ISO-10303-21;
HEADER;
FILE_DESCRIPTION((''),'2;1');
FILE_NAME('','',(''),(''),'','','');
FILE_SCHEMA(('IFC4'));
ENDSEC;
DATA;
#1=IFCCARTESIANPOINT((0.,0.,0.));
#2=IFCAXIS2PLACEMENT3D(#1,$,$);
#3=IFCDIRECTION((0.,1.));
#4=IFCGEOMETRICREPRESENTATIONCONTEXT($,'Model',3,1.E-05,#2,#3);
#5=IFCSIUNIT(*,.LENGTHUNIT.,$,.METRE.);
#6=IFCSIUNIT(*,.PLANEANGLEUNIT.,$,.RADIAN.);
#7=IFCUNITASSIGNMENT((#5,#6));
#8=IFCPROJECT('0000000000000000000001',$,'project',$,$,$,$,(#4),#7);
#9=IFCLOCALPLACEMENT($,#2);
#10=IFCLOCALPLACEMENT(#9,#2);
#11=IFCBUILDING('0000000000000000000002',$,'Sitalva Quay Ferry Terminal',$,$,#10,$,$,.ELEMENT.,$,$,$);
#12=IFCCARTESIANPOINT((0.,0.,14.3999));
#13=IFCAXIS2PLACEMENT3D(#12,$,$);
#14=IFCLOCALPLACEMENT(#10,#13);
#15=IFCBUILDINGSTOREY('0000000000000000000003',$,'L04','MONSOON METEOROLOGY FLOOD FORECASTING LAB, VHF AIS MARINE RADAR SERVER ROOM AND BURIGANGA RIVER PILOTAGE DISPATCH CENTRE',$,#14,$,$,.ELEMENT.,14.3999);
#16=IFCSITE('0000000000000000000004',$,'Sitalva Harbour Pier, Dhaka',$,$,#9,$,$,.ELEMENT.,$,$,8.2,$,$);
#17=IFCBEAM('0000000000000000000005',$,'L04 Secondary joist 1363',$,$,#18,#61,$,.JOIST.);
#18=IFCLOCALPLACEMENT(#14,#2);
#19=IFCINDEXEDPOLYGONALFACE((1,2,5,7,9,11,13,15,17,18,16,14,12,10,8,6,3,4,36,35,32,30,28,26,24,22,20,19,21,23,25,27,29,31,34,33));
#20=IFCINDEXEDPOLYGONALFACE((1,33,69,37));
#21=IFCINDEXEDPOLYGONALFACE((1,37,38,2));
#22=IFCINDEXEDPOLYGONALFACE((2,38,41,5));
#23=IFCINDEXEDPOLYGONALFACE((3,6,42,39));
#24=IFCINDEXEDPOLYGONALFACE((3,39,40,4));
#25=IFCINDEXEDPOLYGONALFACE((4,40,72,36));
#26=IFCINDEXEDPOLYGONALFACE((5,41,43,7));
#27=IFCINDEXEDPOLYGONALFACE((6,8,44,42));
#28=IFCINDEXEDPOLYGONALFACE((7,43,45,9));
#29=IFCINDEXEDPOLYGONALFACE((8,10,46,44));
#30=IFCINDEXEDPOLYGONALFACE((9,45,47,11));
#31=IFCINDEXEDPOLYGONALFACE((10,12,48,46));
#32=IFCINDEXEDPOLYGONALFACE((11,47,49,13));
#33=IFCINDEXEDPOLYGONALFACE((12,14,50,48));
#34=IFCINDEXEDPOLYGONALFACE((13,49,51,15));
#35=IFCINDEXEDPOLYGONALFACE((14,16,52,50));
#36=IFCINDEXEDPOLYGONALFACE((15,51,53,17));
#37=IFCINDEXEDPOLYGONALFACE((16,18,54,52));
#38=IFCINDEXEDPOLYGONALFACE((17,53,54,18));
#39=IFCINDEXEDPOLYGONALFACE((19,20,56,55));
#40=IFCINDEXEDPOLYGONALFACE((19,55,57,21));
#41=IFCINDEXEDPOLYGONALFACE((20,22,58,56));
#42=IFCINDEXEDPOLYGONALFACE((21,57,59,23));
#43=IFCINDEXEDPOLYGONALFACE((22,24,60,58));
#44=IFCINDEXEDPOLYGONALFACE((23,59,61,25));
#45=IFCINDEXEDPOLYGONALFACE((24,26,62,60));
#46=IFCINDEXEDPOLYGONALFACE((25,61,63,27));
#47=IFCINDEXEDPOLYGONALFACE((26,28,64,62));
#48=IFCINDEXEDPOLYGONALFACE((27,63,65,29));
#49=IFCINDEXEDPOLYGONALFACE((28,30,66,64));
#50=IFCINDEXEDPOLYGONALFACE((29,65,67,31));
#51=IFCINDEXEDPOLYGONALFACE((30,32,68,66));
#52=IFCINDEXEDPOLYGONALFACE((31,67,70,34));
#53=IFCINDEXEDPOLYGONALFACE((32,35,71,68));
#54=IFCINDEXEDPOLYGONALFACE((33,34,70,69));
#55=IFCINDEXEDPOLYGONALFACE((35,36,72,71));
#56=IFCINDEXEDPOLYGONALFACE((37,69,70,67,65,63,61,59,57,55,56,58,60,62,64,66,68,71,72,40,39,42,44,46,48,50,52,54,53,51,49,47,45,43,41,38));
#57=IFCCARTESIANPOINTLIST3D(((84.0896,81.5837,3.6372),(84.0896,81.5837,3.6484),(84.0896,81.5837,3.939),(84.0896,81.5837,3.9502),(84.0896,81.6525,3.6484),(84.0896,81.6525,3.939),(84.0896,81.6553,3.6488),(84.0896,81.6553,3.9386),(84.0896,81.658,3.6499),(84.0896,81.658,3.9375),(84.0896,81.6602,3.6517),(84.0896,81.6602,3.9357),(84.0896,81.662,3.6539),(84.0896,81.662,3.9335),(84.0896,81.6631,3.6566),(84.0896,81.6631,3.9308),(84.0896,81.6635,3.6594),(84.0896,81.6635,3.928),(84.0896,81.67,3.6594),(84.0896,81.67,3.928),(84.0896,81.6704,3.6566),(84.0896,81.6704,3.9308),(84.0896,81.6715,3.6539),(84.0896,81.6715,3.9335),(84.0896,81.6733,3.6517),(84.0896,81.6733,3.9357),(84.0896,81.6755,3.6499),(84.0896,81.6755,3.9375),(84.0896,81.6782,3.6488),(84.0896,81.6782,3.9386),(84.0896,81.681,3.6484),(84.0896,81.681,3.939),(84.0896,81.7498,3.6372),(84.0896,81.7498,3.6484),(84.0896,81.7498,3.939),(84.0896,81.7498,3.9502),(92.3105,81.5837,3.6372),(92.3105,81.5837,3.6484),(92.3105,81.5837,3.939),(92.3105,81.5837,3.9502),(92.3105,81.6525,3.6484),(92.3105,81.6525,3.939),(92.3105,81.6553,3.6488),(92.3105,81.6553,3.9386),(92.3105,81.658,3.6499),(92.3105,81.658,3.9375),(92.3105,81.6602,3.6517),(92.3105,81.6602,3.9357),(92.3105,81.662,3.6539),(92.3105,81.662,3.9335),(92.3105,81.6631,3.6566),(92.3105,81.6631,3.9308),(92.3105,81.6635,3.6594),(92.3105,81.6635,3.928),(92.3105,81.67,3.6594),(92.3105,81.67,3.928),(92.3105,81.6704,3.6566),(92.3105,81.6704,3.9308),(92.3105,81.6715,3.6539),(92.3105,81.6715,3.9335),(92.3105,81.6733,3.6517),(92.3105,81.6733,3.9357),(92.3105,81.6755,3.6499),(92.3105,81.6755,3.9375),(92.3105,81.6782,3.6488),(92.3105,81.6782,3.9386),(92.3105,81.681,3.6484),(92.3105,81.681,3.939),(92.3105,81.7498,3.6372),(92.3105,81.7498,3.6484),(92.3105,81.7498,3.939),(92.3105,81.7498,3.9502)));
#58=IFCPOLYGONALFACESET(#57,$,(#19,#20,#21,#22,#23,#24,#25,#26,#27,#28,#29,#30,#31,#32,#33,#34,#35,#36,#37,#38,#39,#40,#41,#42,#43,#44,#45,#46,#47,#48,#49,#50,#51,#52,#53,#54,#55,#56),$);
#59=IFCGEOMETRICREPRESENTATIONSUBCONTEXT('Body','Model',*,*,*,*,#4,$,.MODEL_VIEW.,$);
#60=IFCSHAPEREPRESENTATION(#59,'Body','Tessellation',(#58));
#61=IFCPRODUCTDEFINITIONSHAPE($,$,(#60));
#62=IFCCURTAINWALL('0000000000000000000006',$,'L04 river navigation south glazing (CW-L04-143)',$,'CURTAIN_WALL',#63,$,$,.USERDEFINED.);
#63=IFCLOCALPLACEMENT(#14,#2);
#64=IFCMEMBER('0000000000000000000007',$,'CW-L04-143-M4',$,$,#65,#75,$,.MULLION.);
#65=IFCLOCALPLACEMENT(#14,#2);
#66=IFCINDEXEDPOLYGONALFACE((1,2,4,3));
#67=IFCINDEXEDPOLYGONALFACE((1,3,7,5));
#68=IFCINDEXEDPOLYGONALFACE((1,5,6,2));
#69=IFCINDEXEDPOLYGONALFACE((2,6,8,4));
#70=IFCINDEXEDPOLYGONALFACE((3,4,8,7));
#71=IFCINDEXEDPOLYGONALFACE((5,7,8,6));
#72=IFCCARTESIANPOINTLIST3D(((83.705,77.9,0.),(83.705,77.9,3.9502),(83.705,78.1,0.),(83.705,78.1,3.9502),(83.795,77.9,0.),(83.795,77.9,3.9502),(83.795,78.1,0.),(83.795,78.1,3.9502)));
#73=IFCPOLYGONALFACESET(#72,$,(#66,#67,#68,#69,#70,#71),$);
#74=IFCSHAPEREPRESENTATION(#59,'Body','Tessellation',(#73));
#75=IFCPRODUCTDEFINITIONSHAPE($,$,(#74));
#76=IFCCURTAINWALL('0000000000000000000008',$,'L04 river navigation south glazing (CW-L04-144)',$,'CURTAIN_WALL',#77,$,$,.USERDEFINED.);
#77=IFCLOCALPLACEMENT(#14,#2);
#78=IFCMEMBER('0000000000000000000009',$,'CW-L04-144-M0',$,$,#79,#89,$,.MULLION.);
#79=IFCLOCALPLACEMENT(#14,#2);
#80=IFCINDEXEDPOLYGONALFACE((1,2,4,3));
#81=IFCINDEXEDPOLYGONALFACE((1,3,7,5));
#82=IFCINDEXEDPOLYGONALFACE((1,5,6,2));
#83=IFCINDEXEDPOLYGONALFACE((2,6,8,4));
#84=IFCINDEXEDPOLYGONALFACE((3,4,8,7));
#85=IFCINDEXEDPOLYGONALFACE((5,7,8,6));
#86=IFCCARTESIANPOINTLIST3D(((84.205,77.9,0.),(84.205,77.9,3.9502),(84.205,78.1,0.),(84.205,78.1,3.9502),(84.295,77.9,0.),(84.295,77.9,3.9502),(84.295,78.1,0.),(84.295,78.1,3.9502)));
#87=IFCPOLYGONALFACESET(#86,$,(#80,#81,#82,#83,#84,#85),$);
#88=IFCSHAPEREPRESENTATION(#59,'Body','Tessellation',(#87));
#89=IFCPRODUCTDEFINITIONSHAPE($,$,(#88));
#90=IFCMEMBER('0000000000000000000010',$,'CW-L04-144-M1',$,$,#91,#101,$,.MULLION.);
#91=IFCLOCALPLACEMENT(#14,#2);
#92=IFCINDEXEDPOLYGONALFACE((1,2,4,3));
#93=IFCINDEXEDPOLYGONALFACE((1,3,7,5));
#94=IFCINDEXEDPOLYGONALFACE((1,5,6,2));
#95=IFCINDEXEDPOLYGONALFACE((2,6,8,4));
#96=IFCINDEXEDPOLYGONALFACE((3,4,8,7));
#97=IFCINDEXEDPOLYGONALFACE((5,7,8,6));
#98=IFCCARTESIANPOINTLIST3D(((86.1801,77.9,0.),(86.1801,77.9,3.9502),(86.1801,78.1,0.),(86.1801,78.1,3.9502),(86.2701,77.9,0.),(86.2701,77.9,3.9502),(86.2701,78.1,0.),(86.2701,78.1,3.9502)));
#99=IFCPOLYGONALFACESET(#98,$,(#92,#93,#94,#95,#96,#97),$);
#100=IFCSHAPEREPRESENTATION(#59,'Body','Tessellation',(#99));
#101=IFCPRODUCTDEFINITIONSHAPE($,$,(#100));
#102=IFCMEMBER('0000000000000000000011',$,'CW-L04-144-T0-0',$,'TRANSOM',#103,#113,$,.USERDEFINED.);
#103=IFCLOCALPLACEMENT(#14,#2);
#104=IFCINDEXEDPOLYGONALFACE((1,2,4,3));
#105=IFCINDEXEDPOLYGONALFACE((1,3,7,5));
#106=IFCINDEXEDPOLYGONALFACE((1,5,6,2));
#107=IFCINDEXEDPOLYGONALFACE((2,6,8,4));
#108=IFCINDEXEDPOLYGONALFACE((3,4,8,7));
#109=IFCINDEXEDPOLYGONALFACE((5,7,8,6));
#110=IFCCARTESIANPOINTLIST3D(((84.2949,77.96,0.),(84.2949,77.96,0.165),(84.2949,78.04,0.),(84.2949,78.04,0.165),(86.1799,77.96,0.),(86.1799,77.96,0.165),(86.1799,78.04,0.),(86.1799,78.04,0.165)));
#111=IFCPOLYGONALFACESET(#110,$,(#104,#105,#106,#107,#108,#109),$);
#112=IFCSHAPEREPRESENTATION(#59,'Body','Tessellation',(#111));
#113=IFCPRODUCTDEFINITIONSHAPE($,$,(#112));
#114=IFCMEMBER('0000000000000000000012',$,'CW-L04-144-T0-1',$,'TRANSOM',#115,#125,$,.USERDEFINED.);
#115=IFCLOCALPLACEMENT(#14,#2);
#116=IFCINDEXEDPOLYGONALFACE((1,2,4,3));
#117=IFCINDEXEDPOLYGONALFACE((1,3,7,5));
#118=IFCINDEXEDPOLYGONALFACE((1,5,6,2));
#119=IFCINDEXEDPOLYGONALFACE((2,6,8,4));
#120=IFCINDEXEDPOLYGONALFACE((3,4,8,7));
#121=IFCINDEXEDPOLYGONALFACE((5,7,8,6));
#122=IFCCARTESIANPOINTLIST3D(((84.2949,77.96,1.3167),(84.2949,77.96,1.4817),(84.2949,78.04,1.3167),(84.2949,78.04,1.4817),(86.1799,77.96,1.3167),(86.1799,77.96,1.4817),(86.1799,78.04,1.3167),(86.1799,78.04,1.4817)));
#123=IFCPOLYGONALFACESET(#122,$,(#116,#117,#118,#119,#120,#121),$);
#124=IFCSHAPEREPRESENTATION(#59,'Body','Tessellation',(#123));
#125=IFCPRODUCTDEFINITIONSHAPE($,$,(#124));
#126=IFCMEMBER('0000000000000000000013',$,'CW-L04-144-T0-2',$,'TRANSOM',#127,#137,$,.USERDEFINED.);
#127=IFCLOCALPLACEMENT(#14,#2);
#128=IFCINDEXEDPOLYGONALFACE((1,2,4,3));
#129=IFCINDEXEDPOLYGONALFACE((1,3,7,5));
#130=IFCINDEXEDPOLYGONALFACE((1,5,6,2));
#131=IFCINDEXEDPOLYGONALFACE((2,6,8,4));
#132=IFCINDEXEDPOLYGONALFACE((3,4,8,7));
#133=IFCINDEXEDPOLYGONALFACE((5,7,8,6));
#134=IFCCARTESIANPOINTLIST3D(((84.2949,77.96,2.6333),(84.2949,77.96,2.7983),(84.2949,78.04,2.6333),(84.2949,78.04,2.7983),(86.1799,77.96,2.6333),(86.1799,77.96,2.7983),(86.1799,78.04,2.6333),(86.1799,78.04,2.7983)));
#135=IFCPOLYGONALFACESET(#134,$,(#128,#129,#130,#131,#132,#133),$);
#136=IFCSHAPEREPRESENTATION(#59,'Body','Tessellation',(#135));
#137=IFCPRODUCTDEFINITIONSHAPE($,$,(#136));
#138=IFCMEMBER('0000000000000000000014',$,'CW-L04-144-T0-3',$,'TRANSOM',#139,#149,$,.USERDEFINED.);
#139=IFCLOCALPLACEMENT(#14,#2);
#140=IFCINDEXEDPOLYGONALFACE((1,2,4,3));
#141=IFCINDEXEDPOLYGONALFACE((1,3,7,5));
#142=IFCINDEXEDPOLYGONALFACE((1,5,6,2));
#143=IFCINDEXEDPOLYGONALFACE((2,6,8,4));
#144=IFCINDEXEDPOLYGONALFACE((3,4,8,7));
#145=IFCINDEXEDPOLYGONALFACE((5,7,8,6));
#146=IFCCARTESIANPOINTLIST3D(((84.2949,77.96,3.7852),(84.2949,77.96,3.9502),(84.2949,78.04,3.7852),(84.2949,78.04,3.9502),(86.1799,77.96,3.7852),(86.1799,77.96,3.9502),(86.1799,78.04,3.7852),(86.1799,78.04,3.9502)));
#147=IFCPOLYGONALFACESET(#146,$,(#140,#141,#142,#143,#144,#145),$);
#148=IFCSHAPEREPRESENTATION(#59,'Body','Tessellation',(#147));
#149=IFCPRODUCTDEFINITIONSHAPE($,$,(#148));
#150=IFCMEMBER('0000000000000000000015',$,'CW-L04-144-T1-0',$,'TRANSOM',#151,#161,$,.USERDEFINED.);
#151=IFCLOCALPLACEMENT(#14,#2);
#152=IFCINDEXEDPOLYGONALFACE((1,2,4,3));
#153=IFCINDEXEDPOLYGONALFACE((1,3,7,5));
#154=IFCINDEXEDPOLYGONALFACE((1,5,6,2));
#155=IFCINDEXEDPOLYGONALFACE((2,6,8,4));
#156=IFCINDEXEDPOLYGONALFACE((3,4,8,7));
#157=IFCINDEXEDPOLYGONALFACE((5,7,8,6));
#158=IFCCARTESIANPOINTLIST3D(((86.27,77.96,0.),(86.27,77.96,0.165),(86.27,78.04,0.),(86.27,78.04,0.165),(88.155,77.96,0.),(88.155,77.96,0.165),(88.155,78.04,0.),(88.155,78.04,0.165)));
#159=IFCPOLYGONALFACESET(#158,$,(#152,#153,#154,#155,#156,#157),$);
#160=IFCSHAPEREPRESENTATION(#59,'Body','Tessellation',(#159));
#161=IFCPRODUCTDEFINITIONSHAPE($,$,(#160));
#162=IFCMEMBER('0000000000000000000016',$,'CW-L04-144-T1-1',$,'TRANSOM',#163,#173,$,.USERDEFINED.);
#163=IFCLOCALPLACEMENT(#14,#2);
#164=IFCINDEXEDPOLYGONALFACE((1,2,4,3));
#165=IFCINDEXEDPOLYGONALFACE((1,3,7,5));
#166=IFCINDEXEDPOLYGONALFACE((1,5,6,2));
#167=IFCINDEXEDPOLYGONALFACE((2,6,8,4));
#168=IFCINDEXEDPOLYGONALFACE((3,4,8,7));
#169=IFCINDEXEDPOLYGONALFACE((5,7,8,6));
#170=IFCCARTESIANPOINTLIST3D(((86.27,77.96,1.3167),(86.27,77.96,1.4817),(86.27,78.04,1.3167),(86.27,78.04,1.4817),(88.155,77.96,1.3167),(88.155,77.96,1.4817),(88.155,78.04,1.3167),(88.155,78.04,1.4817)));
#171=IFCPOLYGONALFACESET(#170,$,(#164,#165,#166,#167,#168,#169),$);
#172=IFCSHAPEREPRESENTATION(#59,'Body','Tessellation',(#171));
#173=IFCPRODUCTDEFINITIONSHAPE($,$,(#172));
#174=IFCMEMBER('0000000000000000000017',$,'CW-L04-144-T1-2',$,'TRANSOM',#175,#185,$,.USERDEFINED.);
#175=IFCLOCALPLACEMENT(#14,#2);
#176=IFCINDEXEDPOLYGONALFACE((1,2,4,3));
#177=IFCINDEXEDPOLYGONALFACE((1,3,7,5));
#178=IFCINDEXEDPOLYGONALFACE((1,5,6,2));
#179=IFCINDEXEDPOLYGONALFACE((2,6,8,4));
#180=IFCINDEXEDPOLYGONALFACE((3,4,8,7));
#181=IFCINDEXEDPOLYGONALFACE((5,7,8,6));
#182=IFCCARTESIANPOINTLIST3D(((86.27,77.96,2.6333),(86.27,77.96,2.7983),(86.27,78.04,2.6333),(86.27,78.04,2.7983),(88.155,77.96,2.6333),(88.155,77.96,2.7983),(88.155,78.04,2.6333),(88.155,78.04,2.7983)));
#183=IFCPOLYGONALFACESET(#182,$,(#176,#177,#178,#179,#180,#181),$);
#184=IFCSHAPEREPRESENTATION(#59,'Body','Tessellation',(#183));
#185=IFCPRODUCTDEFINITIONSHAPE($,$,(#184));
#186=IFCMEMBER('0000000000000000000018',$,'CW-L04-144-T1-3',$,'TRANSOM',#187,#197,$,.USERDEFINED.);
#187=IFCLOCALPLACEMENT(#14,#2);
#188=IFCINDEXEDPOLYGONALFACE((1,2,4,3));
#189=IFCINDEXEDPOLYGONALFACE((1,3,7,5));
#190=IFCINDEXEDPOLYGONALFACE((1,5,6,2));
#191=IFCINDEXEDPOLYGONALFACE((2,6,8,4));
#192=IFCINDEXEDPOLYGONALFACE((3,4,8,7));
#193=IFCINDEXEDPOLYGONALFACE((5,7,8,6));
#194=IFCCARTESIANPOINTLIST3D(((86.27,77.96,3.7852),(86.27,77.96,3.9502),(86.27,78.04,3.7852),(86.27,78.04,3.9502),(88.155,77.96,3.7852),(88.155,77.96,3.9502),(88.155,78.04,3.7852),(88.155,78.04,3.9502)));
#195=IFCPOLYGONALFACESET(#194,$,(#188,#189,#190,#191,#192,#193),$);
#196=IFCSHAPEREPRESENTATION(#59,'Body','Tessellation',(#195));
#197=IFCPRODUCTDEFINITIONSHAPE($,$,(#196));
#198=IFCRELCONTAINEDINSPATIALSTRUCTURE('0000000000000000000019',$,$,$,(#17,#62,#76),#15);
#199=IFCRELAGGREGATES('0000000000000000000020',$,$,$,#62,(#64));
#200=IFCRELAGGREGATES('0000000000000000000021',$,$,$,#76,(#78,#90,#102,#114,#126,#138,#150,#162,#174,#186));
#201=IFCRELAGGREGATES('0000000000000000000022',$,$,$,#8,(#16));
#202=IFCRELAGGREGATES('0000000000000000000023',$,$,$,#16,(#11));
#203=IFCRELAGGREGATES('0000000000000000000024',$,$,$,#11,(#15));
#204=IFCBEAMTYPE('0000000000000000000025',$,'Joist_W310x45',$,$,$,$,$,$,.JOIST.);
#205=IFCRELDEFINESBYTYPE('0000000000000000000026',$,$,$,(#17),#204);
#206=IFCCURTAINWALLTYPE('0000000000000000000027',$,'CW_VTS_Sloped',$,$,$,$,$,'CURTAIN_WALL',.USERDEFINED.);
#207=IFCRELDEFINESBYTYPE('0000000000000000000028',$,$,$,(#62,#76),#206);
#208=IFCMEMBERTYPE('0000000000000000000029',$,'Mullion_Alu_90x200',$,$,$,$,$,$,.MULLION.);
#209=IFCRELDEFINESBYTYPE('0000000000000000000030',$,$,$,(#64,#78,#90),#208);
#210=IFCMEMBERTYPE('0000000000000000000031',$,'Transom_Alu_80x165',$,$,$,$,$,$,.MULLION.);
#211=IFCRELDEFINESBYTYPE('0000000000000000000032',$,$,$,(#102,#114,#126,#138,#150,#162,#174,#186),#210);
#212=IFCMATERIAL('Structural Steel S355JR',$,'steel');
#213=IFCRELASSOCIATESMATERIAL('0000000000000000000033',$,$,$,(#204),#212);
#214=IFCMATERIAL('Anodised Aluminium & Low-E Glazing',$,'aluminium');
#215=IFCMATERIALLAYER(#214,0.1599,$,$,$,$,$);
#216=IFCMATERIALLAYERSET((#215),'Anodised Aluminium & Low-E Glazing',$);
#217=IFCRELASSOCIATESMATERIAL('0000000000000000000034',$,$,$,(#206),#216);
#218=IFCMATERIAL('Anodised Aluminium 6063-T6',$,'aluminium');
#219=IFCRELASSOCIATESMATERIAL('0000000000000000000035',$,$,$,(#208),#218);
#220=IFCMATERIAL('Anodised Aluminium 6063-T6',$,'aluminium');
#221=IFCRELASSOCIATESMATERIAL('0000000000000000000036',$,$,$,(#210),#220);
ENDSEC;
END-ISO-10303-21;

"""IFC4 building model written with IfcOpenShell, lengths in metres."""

from ifc_helpers import new_model, si_unit, direction, frame, origin, origin_2d, place, context, subcontext, project, spatial, rectangle, i_section, extrude, material, layer, layer_set, material_profile, profile_set, type_object, element, aggregate, save


model = new_model("IFC4")

# Units and contexts
model_context = context("Model", 3, precision=1e-05, world=origin(), true_north=direction((0.0, 1.0)))
body_context = subcontext(model_context, "Body", "Model", "MODEL_VIEW")
ifc_project = project(units=[si_unit("LENGTHUNIT", "METRE"), si_unit("PLANEANGLEUNIT", "RADIAN")], contexts=[model_context])

# Site, building, storey
site_placement = place(None, origin())
site = spatial("IfcSite", under=ifc_project, at=site_placement, Name="Sitalva Harbour Pier, Dhaka", CompositionType="ELEMENT", RefElevation=8.2)
building_placement = place(site_placement, origin())
building = spatial("IfcBuilding", under=site, at=building_placement, Name="Sitalva Quay Ferry Terminal", CompositionType="ELEMENT")
storey_placement = place(building_placement, frame((0.0, 0.0, 14.3999)))
storey = spatial("IfcBuildingStorey", under=building, at=storey_placement, Name="L04", Description="MONSOON METEOROLOGY FLOOD FORECASTING LAB, VHF AIS MARINE RADAR SERVER ROOM AND BURIGANGA RIVER PILOTAGE DISPATCH CENTRE", CompositionType="ELEMENT", Elevation=14.3999)

# Beam
ifc_material_1 = material(Name="Structural Steel S355JR", Category="steel")
ifc_material_profile_1 = material_profile(ifc_material_1, i_section(OverallWidth=0.166, OverallDepth=0.313, WebThickness=0.0066, FlangeThickness=0.0112, FilletRadius=0.011, at=origin_2d()), Name="W310x45")
ifc_profile_set_1 = profile_set([ifc_material_profile_1], Name="Structural Steel S355JR")
beam_type_1 = type_object("IfcBeamType", Name="Joist_W310x45", PredefinedType="JOIST", material=ifc_profile_set_1)
beam_1_placement = place(storey_placement, frame((84.0896, 81.6667, 3.7937), z_axis=(1.0, 0.0, 0.0), x_axis=(0.0, 1.0, 0.0)))
element("IfcBeam", 1, at=beam_1_placement, inside=storey, type_object=beam_type_1, Name="L04 Secondary joist 1363", PredefinedType="JOIST", context=body_context, shape_type="SweptSolid", body=[
    extrude(i_section(OverallWidth=0.166, OverallDepth=0.313, WebThickness=0.0066, FlangeThickness=0.0112, FilletRadius=0.011, at=origin_2d()), origin(), (0.0, 0.0, 1.0), 8.2209),
])

# Curtain wall, member
ifc_material_2 = material(Name="Anodised Aluminium & Low-E Glazing", Category="aluminium")
ifc_layer_1 = layer(ifc_material_2, 0.1599)
ifc_layer_set_1 = layer_set([ifc_layer_1], Name="Anodised Aluminium & Low-E Glazing")
curtain_wall_type = type_object("IfcCurtainWallType", Name="CW_VTS_Sloped", ElementType="CURTAIN_WALL", PredefinedType="USERDEFINED", material=ifc_layer_set_1)
curtain_wall_1_placement = place(storey_placement, origin())
curtain_wall_1 = element("IfcCurtainWall", 2, at=curtain_wall_1_placement, inside=storey, type_object=curtain_wall_type, Name="L04 river navigation south glazing (CW-L04-143)", ObjectType="CURTAIN_WALL", PredefinedType="USERDEFINED")
ifc_material_3 = material(Name="Anodised Aluminium 6063-T6", Category="aluminium")
ifc_material_profile_2 = material_profile(ifc_material_3, rectangle(XDim=0.0901, YDim=0.2, at=origin_2d()), Name="ALU90x200")
ifc_profile_set_2 = profile_set([ifc_material_profile_2], Name="Anodised Aluminium 6063-T6")
member_type_1 = type_object("IfcMemberType", Name="Mullion_Alu_90x200", PredefinedType="MULLION", material=ifc_profile_set_2)
member_1_placement = place(storey_placement, frame((83.75, 78.0, 0.0), z_axis=(0.0, 0.0, 1.0), x_axis=(1.0, 0.0, 0.0)))
member_1 = element("IfcMember", 3, at=member_1_placement, type_object=member_type_1, Name="CW-L04-143-M4", PredefinedType="MULLION", context=body_context, shape_type="SweptSolid", body=[
    extrude(rectangle(XDim=0.0901, YDim=0.2, at=origin_2d()), origin(), (0.0, 0.0, 1.0), 3.9502),
])
aggregate(curtain_wall_1, [member_1])

# Curtain wall, members
curtain_wall_2_placement = place(storey_placement, origin())
curtain_wall_2 = element("IfcCurtainWall", 4, at=curtain_wall_2_placement, inside=storey, type_object=curtain_wall_type, Name="L04 river navigation south glazing (CW-L04-144)", ObjectType="CURTAIN_WALL", PredefinedType="USERDEFINED")
member_2_placement = place(storey_placement, frame((84.25, 78.0, 0.0), z_axis=(0.0, 0.0, 1.0), x_axis=(1.0, 0.0, 0.0)))
member_2 = element("IfcMember", 5, at=member_2_placement, type_object=member_type_1, Name="CW-L04-144-M0", PredefinedType="MULLION", context=body_context, shape_type="SweptSolid", body=[
    extrude(rectangle(XDim=0.0901, YDim=0.2, at=origin_2d()), origin(), (0.0, 0.0, 1.0), 3.9502),
])
member_3_placement = place(storey_placement, frame((86.2251, 78.0, 0.0), z_axis=(0.0, 0.0, 1.0), x_axis=(1.0, 0.0, 0.0)))
member_3 = element("IfcMember", 6, at=member_3_placement, type_object=member_type_1, Name="CW-L04-144-M1", PredefinedType="MULLION", context=body_context, shape_type="SweptSolid", body=[
    extrude(rectangle(XDim=0.0901, YDim=0.2, at=origin_2d()), origin(), (0.0, 0.0, 1.0), 3.9502),
])
ifc_material_4 = material(Name="Anodised Aluminium 6063-T6", Category="aluminium")
ifc_material_profile_3 = material_profile(ifc_material_4, rectangle(XDim=0.0801, YDim=0.165, at=origin_2d()), Name="ALU80x165")
ifc_profile_set_3 = profile_set([ifc_material_profile_3], Name="Anodised Aluminium 6063-T6")
member_type_2 = type_object("IfcMemberType", Name="Transom_Alu_80x165", PredefinedType="MULLION", material=ifc_profile_set_3)
member_4_placement = place(storey_placement, frame((84.2949, 78.0, 0.0825), z_axis=(1.0, 0.0, 0.0), x_axis=(0.0, 1.0, 0.0)))
member_4 = element("IfcMember", 7, at=member_4_placement, type_object=member_type_2, Name="CW-L04-144-T0-0", ObjectType="TRANSOM", PredefinedType="USERDEFINED", context=body_context, shape_type="SweptSolid", body=[
    extrude(rectangle(XDim=0.0801, YDim=0.165, at=origin_2d()), origin(), (0.0, 0.0, 1.0), 1.885),
])
member_5_placement = place(storey_placement, frame((84.2949, 78.0, 1.3992), z_axis=(1.0, 0.0, 0.0), x_axis=(0.0, 1.0, 0.0)))
member_5 = element("IfcMember", 8, at=member_5_placement, type_object=member_type_2, Name="CW-L04-144-T0-1", ObjectType="TRANSOM", PredefinedType="USERDEFINED", context=body_context, shape_type="SweptSolid", body=[
    extrude(rectangle(XDim=0.0801, YDim=0.165, at=origin_2d()), origin(), (0.0, 0.0, 1.0), 1.885),
])
member_6_placement = place(storey_placement, frame((84.2949, 78.0, 2.7158), z_axis=(1.0, 0.0, 0.0), x_axis=(0.0, 1.0, 0.0)))
member_6 = element("IfcMember", 9, at=member_6_placement, type_object=member_type_2, Name="CW-L04-144-T0-2", ObjectType="TRANSOM", PredefinedType="USERDEFINED", context=body_context, shape_type="SweptSolid", body=[
    extrude(rectangle(XDim=0.0801, YDim=0.165, at=origin_2d()), origin(), (0.0, 0.0, 1.0), 1.885),
])
member_7_placement = place(storey_placement, frame((84.2949, 78.0, 3.8677), z_axis=(1.0, 0.0, 0.0), x_axis=(0.0, 1.0, 0.0)))
member_7 = element("IfcMember", 10, at=member_7_placement, type_object=member_type_2, Name="CW-L04-144-T0-3", ObjectType="TRANSOM", PredefinedType="USERDEFINED", context=body_context, shape_type="SweptSolid", body=[
    extrude(rectangle(XDim=0.0801, YDim=0.165, at=origin_2d()), origin(), (0.0, 0.0, 1.0), 1.885),
])
member_8_placement = place(storey_placement, frame((86.27, 78.0, 0.0825), z_axis=(1.0, 0.0, 0.0), x_axis=(0.0, 1.0, 0.0)))
member_8 = element("IfcMember", 11, at=member_8_placement, type_object=member_type_2, Name="CW-L04-144-T1-0", ObjectType="TRANSOM", PredefinedType="USERDEFINED", context=body_context, shape_type="SweptSolid", body=[
    extrude(rectangle(XDim=0.0801, YDim=0.165, at=origin_2d()), origin(), (0.0, 0.0, 1.0), 1.885),
])
member_9_placement = place(storey_placement, frame((86.27, 78.0, 1.3992), z_axis=(1.0, 0.0, 0.0), x_axis=(0.0, 1.0, 0.0)))
member_9 = element("IfcMember", 12, at=member_9_placement, type_object=member_type_2, Name="CW-L04-144-T1-1", ObjectType="TRANSOM", PredefinedType="USERDEFINED", context=body_context, shape_type="SweptSolid", body=[
    extrude(rectangle(XDim=0.0801, YDim=0.165, at=origin_2d()), origin(), (0.0, 0.0, 1.0), 1.885),
])
member_10_placement = place(storey_placement, frame((86.27, 78.0, 2.7158), z_axis=(1.0, 0.0, 0.0), x_axis=(0.0, 1.0, 0.0)))
member_10 = element("IfcMember", 13, at=member_10_placement, type_object=member_type_2, Name="CW-L04-144-T1-2", ObjectType="TRANSOM", PredefinedType="USERDEFINED", context=body_context, shape_type="SweptSolid", body=[
    extrude(rectangle(XDim=0.0801, YDim=0.165, at=origin_2d()), origin(), (0.0, 0.0, 1.0), 1.885),
])
member_11_placement = place(storey_placement, frame((86.27, 78.0, 3.8677), z_axis=(1.0, 0.0, 0.0), x_axis=(0.0, 1.0, 0.0)))
member_11 = element("IfcMember", 14, at=member_11_placement, type_object=member_type_2, Name="CW-L04-144-T1-3", ObjectType="TRANSOM", PredefinedType="USERDEFINED", context=body_context, shape_type="SweptSolid", body=[
    extrude(rectangle(XDim=0.0801, YDim=0.165, at=origin_2d()), origin(), (0.0, 0.0, 1.0), 1.885),
])
aggregate(curtain_wall_2, [member_2, member_3, member_4, member_5, member_6, member_7, member_8, member_9, member_10, member_11])

save(model, "model.ifc")
